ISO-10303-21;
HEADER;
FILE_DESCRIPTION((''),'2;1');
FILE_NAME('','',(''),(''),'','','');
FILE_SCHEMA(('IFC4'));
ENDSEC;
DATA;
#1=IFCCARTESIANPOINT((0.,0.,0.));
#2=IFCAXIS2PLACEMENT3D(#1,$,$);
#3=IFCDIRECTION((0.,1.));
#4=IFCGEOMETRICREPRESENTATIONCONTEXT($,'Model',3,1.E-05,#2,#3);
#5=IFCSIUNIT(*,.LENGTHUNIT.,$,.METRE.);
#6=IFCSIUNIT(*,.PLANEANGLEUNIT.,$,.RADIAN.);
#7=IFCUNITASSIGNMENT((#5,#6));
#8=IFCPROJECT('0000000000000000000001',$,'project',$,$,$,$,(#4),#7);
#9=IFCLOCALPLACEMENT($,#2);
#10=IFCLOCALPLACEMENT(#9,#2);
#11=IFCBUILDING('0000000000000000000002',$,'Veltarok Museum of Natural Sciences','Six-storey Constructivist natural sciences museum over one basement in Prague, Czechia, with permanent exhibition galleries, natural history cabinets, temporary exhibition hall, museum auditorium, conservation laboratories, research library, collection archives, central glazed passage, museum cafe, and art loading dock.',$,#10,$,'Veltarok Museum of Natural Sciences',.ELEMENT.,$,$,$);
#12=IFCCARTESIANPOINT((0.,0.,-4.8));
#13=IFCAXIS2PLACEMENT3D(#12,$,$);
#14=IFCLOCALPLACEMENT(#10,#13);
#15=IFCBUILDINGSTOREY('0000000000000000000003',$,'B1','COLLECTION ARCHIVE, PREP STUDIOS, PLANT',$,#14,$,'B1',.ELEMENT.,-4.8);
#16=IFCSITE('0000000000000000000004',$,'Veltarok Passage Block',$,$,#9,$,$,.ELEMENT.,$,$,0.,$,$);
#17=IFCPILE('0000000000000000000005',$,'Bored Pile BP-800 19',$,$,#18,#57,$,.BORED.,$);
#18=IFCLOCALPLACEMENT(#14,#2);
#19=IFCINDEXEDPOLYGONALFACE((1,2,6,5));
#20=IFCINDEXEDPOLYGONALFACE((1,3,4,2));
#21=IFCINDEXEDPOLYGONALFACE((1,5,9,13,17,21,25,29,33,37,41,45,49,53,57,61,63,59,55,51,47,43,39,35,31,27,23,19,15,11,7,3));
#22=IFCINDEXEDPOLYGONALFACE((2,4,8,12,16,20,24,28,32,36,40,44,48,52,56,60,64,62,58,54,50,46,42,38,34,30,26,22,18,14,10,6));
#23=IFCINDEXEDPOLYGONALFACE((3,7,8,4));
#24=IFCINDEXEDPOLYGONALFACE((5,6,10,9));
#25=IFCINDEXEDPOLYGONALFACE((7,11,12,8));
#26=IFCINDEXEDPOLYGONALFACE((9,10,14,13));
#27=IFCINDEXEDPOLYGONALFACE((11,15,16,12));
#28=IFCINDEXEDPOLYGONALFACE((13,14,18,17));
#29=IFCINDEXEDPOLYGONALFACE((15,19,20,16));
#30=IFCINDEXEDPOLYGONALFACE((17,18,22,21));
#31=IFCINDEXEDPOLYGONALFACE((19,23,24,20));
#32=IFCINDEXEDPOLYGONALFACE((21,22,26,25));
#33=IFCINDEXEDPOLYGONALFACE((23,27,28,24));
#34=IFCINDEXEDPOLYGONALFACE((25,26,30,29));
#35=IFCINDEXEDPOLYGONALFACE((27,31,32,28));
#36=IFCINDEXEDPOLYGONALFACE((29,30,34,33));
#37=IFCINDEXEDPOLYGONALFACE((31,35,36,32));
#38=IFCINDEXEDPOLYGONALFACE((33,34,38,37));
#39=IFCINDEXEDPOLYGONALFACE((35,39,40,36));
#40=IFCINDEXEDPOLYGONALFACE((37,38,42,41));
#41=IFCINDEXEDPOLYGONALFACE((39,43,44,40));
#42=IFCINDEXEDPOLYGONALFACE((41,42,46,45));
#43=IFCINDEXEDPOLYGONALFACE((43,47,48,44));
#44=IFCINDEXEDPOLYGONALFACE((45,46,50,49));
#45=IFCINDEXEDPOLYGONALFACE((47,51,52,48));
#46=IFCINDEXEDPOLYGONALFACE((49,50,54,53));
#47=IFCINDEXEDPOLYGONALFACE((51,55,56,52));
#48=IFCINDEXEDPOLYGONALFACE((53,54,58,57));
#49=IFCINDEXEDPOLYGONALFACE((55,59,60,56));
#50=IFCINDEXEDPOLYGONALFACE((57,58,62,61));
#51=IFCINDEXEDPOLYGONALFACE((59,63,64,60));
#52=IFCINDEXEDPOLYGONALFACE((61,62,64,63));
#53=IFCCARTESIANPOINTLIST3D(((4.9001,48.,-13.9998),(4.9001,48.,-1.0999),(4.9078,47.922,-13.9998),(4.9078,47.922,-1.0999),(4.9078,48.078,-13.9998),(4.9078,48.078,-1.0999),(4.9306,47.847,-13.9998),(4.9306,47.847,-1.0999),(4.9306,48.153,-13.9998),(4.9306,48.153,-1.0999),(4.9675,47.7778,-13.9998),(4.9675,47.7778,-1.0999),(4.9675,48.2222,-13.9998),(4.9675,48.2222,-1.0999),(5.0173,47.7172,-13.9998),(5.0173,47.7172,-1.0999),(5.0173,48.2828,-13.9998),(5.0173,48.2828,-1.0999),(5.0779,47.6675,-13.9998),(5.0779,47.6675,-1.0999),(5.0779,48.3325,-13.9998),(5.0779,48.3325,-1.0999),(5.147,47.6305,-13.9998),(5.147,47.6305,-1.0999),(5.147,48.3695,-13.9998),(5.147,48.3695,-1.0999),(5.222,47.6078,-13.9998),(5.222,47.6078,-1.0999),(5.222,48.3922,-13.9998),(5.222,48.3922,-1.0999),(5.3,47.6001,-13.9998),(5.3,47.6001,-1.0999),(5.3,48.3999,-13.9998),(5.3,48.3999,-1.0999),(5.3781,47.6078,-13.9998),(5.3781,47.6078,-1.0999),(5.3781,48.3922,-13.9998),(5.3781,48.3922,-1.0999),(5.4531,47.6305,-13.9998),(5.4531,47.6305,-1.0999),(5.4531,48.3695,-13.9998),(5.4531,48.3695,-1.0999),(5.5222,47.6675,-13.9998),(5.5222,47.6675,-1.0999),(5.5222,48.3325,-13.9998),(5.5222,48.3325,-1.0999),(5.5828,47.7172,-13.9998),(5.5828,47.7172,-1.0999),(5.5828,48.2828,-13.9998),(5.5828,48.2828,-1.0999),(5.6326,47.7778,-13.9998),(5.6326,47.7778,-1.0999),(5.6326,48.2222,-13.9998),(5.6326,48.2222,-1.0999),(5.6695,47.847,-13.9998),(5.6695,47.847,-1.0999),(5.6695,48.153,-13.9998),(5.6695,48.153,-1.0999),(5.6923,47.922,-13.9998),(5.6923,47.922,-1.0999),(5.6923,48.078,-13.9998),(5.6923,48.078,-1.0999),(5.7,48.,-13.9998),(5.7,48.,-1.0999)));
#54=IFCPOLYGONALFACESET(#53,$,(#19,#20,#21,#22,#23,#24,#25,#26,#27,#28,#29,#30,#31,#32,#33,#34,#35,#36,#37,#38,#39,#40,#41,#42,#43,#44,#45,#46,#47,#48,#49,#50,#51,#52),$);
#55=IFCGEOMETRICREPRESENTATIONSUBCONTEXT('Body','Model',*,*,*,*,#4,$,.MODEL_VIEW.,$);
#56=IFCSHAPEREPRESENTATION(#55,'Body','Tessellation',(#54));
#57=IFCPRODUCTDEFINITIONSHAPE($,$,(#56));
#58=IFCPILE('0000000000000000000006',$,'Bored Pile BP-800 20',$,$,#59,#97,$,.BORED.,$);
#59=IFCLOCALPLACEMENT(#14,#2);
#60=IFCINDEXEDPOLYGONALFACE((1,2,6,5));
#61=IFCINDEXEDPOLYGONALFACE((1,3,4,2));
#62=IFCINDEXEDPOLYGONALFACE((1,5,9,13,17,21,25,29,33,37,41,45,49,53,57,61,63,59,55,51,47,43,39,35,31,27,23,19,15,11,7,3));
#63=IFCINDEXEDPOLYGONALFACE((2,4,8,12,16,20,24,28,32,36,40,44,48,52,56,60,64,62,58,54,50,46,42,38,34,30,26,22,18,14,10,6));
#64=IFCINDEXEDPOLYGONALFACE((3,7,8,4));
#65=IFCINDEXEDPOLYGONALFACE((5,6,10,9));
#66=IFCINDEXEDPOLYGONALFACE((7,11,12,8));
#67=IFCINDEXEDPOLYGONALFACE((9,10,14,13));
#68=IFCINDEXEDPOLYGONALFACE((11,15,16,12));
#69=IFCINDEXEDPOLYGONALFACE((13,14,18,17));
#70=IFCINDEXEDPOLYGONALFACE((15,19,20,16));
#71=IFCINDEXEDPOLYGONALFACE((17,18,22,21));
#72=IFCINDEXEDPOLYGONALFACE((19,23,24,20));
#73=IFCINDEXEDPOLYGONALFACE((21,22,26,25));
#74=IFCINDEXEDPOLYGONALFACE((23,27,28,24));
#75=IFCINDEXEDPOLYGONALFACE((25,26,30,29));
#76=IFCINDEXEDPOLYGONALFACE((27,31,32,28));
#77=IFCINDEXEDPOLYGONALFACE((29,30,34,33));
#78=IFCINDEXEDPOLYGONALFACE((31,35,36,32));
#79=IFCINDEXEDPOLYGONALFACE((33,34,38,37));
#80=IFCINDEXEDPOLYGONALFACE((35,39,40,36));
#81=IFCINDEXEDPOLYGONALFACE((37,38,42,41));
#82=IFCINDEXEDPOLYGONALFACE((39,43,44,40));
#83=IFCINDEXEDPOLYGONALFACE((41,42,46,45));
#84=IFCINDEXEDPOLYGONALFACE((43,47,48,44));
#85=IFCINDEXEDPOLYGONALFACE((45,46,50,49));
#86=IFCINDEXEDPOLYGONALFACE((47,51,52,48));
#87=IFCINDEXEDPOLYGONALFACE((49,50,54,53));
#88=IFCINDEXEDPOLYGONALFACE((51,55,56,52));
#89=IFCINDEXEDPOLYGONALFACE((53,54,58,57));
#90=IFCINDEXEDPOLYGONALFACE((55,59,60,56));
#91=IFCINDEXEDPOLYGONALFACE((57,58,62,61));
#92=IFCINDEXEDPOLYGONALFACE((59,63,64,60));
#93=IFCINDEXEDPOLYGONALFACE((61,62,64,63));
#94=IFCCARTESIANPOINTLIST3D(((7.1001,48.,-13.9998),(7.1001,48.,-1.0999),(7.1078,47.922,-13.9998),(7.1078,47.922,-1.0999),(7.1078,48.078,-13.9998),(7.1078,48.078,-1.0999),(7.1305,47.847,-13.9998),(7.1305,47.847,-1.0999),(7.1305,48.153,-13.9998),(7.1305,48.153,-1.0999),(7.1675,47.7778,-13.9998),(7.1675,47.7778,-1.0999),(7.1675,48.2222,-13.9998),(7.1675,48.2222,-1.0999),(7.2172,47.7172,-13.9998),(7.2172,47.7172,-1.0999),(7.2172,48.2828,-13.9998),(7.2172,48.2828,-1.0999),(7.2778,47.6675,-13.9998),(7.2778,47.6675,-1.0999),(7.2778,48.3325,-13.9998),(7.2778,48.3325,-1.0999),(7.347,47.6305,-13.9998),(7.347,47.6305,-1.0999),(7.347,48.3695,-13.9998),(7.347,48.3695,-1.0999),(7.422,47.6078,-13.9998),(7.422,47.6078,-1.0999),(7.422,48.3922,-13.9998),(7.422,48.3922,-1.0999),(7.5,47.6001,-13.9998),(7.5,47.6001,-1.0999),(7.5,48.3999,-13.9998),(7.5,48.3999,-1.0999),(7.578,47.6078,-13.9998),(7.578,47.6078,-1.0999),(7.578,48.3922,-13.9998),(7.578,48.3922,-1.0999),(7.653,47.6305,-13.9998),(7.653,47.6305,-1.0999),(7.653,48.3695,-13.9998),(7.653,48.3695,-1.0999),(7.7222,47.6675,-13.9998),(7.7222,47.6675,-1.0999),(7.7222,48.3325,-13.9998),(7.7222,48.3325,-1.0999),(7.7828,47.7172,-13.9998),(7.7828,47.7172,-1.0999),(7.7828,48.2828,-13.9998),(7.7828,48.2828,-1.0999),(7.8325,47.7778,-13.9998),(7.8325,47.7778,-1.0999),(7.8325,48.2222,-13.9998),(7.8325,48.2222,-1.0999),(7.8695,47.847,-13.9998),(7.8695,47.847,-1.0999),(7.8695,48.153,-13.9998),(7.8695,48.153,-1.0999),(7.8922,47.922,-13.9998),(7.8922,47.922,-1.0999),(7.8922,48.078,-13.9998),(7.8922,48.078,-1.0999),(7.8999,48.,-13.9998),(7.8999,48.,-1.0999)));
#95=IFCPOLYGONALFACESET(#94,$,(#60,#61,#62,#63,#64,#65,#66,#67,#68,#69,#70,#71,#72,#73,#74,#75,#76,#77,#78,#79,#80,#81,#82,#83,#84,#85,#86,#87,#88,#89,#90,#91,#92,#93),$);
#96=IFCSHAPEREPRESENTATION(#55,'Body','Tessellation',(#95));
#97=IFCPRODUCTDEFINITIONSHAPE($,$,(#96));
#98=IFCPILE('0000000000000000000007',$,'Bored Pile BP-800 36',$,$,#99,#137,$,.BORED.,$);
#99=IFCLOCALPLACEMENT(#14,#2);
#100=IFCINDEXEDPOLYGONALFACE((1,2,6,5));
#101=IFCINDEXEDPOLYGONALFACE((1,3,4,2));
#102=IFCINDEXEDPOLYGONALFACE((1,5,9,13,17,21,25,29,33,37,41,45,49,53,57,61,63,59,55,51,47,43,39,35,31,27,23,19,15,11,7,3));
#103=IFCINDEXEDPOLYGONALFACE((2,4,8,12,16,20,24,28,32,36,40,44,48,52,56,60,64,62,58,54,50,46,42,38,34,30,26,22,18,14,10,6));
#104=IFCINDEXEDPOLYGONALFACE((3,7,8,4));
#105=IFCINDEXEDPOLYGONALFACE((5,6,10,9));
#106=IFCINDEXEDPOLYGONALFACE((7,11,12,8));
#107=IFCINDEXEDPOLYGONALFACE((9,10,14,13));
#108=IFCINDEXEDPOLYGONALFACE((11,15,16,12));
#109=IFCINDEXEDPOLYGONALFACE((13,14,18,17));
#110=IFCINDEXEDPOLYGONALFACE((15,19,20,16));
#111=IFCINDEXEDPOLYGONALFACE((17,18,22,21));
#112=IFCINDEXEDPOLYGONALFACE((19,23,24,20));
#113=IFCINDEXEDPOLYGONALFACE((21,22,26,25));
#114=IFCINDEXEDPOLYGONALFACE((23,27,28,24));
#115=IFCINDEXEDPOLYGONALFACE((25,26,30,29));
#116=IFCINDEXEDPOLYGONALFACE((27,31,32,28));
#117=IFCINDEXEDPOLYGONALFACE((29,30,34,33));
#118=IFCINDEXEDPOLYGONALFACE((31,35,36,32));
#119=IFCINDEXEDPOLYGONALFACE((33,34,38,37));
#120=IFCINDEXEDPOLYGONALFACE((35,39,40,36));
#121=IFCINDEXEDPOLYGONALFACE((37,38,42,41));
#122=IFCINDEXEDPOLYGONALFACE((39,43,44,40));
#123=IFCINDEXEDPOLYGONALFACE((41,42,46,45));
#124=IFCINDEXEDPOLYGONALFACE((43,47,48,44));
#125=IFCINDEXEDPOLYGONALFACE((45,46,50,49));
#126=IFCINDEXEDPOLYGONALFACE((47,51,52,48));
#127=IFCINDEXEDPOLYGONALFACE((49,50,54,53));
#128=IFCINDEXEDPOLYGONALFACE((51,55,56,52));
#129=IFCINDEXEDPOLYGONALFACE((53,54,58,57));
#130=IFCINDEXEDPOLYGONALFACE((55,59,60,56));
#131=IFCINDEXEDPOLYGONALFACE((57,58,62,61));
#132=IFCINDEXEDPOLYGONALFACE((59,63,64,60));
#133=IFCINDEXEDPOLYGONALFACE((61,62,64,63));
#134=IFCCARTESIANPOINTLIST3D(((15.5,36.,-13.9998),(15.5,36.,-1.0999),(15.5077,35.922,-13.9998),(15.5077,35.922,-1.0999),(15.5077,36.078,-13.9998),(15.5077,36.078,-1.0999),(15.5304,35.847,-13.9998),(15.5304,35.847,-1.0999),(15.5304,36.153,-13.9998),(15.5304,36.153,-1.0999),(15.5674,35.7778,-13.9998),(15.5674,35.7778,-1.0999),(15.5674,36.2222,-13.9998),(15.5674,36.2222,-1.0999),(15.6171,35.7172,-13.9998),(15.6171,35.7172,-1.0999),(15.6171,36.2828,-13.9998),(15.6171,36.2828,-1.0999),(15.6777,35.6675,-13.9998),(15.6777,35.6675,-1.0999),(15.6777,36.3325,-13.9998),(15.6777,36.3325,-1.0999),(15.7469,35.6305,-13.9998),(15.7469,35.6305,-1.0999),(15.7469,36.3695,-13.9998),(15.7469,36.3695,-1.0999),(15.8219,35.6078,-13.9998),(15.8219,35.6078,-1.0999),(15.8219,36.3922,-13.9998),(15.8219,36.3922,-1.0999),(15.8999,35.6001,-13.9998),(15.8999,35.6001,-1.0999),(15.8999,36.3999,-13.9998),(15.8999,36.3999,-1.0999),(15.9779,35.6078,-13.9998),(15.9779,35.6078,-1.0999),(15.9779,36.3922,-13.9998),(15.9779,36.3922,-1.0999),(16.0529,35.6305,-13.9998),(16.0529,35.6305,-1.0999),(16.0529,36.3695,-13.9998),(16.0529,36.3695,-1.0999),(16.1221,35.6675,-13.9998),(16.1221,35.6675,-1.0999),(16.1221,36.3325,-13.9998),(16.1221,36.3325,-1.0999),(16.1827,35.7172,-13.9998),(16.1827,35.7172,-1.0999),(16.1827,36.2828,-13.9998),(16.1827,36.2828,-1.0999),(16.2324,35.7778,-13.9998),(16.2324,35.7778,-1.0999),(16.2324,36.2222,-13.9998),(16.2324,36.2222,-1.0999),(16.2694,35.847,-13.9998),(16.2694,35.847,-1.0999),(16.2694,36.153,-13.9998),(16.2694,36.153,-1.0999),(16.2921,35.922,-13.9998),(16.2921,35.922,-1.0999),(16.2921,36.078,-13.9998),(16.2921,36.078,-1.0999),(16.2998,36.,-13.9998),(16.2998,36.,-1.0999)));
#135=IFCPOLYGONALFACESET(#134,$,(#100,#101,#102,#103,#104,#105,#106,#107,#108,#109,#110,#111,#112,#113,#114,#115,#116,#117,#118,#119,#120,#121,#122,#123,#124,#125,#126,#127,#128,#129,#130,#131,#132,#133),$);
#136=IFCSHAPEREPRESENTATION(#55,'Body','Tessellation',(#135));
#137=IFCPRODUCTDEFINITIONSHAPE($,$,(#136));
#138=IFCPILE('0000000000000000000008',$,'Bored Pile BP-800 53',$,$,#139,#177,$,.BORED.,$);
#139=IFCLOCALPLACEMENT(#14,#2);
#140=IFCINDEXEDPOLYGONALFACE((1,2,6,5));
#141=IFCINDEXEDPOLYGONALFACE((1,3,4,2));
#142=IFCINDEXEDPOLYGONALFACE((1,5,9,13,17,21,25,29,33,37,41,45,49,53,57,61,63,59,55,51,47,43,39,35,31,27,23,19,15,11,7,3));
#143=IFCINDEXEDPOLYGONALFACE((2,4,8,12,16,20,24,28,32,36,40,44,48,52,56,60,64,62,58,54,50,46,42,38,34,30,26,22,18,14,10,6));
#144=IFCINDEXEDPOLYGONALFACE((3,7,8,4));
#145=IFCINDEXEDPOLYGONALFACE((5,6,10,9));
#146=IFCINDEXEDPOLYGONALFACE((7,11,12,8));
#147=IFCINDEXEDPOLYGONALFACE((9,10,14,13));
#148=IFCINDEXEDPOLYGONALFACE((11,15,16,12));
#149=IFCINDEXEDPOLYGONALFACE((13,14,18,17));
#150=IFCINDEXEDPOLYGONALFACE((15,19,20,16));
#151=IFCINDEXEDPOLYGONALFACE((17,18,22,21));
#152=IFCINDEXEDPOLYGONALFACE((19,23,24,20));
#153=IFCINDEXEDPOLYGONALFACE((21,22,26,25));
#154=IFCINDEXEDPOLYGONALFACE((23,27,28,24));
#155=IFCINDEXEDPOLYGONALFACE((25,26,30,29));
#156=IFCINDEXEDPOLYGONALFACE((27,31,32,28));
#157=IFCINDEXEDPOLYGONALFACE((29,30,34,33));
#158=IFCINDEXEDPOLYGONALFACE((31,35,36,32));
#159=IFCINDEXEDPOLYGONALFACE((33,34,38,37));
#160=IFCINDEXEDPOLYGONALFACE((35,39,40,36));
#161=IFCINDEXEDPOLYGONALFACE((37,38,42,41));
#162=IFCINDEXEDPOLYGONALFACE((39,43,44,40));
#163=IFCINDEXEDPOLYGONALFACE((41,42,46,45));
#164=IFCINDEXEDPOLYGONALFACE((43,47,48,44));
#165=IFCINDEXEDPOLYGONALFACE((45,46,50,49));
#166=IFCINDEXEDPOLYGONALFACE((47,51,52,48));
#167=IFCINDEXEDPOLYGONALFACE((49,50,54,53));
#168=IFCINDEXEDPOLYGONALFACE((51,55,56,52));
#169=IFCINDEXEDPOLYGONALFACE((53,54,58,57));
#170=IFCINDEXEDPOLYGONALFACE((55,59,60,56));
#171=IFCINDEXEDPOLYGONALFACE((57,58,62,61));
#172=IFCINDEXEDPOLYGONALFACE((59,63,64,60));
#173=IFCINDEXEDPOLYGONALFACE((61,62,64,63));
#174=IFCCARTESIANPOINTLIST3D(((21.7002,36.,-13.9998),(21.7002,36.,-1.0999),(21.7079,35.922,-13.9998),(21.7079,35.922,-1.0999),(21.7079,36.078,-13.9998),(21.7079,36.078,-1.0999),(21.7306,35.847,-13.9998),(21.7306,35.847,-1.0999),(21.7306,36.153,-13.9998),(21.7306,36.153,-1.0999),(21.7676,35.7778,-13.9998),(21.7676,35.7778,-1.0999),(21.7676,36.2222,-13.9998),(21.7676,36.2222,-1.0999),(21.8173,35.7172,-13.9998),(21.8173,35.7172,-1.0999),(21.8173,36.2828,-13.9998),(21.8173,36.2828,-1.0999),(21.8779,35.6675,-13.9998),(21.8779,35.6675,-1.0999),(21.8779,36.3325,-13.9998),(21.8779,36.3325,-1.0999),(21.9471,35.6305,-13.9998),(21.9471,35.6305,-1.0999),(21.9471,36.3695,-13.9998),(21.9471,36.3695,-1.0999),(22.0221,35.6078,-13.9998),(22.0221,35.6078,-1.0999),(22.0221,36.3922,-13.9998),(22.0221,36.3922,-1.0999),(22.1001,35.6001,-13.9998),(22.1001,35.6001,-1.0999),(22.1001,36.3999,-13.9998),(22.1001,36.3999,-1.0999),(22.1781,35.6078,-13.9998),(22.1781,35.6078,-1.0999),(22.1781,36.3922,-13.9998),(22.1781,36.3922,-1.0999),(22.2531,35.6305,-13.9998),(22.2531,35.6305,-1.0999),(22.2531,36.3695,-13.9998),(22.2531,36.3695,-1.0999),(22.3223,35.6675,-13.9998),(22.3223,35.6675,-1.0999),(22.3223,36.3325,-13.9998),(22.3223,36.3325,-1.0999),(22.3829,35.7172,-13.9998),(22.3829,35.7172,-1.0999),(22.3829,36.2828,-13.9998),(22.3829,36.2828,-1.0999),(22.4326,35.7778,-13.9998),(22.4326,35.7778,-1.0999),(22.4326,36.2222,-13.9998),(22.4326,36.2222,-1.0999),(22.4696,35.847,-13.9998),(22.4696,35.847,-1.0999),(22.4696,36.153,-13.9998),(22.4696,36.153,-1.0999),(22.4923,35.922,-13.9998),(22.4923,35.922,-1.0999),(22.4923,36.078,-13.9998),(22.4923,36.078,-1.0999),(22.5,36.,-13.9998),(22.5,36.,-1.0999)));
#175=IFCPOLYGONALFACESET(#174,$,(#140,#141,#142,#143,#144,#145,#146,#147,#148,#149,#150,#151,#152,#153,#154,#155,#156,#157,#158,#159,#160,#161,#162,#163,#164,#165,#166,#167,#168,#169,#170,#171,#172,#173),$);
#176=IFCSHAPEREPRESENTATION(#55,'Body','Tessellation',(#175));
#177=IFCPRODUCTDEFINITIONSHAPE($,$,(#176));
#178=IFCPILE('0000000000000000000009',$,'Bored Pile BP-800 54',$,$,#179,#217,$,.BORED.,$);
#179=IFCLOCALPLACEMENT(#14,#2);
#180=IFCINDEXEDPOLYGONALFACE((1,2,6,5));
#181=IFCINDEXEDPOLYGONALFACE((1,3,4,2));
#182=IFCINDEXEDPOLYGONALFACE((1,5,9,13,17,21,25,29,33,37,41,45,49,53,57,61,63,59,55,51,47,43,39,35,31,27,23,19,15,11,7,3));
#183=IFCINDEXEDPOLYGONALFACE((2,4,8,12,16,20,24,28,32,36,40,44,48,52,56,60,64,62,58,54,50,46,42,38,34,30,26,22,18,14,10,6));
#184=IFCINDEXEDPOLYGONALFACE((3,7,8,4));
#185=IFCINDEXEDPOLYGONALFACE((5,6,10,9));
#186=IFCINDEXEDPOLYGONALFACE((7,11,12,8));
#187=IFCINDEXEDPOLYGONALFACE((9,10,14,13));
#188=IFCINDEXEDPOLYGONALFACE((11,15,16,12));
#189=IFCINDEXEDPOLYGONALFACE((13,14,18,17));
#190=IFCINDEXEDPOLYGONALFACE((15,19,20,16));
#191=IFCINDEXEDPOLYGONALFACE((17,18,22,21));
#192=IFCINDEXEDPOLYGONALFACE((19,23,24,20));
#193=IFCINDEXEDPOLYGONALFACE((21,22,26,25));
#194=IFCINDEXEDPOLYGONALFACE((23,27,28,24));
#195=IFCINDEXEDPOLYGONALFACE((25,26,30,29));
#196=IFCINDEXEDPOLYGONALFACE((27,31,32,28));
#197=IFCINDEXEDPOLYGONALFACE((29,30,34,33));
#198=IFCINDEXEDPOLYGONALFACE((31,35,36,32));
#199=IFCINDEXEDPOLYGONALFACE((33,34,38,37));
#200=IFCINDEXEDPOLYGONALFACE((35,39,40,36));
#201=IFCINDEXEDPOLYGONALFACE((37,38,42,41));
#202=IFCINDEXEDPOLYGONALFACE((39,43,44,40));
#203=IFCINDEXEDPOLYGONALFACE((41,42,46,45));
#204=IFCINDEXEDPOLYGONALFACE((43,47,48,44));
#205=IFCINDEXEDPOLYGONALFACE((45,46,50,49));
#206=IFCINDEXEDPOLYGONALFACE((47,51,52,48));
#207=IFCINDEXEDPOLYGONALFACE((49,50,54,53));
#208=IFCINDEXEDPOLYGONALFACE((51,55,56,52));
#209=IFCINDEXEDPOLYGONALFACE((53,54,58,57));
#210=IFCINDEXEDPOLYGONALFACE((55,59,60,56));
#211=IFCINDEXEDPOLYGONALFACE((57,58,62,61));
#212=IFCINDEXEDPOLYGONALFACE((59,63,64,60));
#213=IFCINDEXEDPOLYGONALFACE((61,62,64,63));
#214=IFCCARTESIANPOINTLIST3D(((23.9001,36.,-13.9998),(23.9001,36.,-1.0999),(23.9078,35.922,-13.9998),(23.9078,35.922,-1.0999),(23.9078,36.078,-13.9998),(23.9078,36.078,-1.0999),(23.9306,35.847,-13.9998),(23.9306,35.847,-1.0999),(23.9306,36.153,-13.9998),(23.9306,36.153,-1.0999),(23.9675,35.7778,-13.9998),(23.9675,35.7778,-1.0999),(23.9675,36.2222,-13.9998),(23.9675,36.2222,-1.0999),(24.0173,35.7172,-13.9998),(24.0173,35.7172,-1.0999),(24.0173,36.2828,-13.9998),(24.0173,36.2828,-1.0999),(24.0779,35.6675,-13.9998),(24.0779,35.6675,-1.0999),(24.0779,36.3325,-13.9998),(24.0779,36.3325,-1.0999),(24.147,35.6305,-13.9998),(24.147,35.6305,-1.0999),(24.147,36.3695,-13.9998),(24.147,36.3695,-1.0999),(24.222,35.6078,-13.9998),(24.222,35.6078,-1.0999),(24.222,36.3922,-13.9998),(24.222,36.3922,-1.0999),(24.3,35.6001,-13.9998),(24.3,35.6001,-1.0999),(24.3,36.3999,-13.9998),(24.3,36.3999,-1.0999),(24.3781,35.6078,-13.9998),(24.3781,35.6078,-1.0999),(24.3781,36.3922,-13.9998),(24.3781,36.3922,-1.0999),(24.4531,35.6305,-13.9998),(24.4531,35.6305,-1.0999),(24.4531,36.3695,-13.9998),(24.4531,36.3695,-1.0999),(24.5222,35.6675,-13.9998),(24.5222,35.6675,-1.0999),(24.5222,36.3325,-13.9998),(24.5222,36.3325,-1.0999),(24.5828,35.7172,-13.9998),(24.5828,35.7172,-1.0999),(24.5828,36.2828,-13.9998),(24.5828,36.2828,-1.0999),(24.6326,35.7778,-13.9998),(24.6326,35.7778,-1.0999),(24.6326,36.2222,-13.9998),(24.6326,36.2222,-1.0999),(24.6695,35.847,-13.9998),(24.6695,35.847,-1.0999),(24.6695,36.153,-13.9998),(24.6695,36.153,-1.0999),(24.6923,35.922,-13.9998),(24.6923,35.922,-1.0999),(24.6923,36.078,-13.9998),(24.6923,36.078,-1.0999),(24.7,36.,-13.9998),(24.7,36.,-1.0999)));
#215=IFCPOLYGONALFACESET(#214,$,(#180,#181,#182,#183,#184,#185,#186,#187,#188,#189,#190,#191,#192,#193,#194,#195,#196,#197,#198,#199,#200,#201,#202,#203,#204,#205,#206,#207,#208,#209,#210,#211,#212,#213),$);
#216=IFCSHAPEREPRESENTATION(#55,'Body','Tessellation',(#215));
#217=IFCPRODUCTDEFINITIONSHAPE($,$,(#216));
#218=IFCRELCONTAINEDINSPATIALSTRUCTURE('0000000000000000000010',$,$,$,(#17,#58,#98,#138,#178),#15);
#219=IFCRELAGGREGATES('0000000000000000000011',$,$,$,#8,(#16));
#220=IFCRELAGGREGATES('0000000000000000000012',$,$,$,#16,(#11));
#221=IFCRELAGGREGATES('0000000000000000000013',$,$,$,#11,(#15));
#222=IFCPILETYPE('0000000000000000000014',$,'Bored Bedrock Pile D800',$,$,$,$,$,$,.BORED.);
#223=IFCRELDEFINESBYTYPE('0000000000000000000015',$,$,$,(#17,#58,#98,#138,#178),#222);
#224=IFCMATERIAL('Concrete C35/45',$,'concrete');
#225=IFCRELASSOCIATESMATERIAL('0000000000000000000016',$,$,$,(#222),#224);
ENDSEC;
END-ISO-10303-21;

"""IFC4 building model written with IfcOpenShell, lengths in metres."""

from ifc_helpers import new_model, si_unit, direction, frame, origin, origin_2d, place, context, subcontext, project, spatial, circle, extrude, material, material_profile, profile_set, type_object, element, save


model = new_model("IFC4")

# Units and contexts
model_context = context("Model", 3, precision=1e-05, world=origin(), true_north=direction((0.0, 1.0)))
body_context = subcontext(model_context, "Body", "Model", "MODEL_VIEW")
ifc_project = project(units=[si_unit("LENGTHUNIT", "METRE"), si_unit("PLANEANGLEUNIT", "RADIAN")], contexts=[model_context])

# Site, building, storey
site_placement = place(None, origin())
site = spatial("IfcSite", under=ifc_project, at=site_placement, Name="Veltarok Passage Block", CompositionType="ELEMENT", RefElevation=0.0)
building_placement = place(site_placement, origin())
building = spatial("IfcBuilding", under=site, at=building_placement, Name="Veltarok Museum of Natural Sciences", Description="Six-storey Constructivist natural sciences museum over one basement in Prague, Czechia, with permanent exhibition galleries, natural history cabinets, temporary exhibition hall, museum auditorium, conservation laboratories, research library, collection archives, central glazed passage, museum cafe, and art loading dock.", LongName="Veltarok Museum of Natural Sciences", CompositionType="ELEMENT")
storey_placement = place(building_placement, frame((0.0, 0.0, -4.8)))
storey = spatial("IfcBuildingStorey", under=building, at=storey_placement, Name="B1", Description="COLLECTION ARCHIVE, PREP STUDIOS, PLANT", LongName="B1", CompositionType="ELEMENT", Elevation=-4.8)

# Piles
ifc_material_1 = material(Name="Concrete C35/45", Category="concrete")
ifc_material_profile_1 = material_profile(ifc_material_1, circle(Radius=0.3999, at=origin_2d()), Name="BP D800")
ifc_profile_set_1 = profile_set([ifc_material_profile_1], Name="Concrete C35/45")
pile_type = type_object("IfcPileType", Name="Bored Bedrock Pile D800", PredefinedType="BORED", material=ifc_profile_set_1)
for number, where, z_axis, x_axis, name in (
    (1, (5.3, 48.0, -1.0999), (0.0, 0.0, -1.0), (1.0, 0.0, 0.0), "Bored Pile BP-800 19"),
    (2, (7.5, 48.0, -1.0999), (0.0, 0.0, -1.0), (1.0, 0.0, 0.0), "Bored Pile BP-800 20"),
    (3, (15.8999, 36.0, -1.0999), (0.0, 0.0, -1.0), (1.0, 0.0, 0.0), "Bored Pile BP-800 36"),
    (4, (22.1001, 36.0, -1.0999), (0.0, 0.0, -1.0), (1.0, 0.0, 0.0), "Bored Pile BP-800 53"),
    (5, (24.3, 36.0, -1.0999), (0.0, 0.0, -1.0), (1.0, 0.0, 0.0), "Bored Pile BP-800 54"),
):
    element("IfcPile", number, at=place(storey_placement, frame(where, z_axis=z_axis, x_axis=x_axis)), inside=storey, type_object=pile_type, Name=name, PredefinedType="BORED", context=body_context, shape_type="SweptSolid", body=[
        extrude(circle(Radius=0.3999, at=origin_2d()), origin(), (0.0, 0.0, 1.0), 12.8999),
    ])

save(model, "model.ifc")
